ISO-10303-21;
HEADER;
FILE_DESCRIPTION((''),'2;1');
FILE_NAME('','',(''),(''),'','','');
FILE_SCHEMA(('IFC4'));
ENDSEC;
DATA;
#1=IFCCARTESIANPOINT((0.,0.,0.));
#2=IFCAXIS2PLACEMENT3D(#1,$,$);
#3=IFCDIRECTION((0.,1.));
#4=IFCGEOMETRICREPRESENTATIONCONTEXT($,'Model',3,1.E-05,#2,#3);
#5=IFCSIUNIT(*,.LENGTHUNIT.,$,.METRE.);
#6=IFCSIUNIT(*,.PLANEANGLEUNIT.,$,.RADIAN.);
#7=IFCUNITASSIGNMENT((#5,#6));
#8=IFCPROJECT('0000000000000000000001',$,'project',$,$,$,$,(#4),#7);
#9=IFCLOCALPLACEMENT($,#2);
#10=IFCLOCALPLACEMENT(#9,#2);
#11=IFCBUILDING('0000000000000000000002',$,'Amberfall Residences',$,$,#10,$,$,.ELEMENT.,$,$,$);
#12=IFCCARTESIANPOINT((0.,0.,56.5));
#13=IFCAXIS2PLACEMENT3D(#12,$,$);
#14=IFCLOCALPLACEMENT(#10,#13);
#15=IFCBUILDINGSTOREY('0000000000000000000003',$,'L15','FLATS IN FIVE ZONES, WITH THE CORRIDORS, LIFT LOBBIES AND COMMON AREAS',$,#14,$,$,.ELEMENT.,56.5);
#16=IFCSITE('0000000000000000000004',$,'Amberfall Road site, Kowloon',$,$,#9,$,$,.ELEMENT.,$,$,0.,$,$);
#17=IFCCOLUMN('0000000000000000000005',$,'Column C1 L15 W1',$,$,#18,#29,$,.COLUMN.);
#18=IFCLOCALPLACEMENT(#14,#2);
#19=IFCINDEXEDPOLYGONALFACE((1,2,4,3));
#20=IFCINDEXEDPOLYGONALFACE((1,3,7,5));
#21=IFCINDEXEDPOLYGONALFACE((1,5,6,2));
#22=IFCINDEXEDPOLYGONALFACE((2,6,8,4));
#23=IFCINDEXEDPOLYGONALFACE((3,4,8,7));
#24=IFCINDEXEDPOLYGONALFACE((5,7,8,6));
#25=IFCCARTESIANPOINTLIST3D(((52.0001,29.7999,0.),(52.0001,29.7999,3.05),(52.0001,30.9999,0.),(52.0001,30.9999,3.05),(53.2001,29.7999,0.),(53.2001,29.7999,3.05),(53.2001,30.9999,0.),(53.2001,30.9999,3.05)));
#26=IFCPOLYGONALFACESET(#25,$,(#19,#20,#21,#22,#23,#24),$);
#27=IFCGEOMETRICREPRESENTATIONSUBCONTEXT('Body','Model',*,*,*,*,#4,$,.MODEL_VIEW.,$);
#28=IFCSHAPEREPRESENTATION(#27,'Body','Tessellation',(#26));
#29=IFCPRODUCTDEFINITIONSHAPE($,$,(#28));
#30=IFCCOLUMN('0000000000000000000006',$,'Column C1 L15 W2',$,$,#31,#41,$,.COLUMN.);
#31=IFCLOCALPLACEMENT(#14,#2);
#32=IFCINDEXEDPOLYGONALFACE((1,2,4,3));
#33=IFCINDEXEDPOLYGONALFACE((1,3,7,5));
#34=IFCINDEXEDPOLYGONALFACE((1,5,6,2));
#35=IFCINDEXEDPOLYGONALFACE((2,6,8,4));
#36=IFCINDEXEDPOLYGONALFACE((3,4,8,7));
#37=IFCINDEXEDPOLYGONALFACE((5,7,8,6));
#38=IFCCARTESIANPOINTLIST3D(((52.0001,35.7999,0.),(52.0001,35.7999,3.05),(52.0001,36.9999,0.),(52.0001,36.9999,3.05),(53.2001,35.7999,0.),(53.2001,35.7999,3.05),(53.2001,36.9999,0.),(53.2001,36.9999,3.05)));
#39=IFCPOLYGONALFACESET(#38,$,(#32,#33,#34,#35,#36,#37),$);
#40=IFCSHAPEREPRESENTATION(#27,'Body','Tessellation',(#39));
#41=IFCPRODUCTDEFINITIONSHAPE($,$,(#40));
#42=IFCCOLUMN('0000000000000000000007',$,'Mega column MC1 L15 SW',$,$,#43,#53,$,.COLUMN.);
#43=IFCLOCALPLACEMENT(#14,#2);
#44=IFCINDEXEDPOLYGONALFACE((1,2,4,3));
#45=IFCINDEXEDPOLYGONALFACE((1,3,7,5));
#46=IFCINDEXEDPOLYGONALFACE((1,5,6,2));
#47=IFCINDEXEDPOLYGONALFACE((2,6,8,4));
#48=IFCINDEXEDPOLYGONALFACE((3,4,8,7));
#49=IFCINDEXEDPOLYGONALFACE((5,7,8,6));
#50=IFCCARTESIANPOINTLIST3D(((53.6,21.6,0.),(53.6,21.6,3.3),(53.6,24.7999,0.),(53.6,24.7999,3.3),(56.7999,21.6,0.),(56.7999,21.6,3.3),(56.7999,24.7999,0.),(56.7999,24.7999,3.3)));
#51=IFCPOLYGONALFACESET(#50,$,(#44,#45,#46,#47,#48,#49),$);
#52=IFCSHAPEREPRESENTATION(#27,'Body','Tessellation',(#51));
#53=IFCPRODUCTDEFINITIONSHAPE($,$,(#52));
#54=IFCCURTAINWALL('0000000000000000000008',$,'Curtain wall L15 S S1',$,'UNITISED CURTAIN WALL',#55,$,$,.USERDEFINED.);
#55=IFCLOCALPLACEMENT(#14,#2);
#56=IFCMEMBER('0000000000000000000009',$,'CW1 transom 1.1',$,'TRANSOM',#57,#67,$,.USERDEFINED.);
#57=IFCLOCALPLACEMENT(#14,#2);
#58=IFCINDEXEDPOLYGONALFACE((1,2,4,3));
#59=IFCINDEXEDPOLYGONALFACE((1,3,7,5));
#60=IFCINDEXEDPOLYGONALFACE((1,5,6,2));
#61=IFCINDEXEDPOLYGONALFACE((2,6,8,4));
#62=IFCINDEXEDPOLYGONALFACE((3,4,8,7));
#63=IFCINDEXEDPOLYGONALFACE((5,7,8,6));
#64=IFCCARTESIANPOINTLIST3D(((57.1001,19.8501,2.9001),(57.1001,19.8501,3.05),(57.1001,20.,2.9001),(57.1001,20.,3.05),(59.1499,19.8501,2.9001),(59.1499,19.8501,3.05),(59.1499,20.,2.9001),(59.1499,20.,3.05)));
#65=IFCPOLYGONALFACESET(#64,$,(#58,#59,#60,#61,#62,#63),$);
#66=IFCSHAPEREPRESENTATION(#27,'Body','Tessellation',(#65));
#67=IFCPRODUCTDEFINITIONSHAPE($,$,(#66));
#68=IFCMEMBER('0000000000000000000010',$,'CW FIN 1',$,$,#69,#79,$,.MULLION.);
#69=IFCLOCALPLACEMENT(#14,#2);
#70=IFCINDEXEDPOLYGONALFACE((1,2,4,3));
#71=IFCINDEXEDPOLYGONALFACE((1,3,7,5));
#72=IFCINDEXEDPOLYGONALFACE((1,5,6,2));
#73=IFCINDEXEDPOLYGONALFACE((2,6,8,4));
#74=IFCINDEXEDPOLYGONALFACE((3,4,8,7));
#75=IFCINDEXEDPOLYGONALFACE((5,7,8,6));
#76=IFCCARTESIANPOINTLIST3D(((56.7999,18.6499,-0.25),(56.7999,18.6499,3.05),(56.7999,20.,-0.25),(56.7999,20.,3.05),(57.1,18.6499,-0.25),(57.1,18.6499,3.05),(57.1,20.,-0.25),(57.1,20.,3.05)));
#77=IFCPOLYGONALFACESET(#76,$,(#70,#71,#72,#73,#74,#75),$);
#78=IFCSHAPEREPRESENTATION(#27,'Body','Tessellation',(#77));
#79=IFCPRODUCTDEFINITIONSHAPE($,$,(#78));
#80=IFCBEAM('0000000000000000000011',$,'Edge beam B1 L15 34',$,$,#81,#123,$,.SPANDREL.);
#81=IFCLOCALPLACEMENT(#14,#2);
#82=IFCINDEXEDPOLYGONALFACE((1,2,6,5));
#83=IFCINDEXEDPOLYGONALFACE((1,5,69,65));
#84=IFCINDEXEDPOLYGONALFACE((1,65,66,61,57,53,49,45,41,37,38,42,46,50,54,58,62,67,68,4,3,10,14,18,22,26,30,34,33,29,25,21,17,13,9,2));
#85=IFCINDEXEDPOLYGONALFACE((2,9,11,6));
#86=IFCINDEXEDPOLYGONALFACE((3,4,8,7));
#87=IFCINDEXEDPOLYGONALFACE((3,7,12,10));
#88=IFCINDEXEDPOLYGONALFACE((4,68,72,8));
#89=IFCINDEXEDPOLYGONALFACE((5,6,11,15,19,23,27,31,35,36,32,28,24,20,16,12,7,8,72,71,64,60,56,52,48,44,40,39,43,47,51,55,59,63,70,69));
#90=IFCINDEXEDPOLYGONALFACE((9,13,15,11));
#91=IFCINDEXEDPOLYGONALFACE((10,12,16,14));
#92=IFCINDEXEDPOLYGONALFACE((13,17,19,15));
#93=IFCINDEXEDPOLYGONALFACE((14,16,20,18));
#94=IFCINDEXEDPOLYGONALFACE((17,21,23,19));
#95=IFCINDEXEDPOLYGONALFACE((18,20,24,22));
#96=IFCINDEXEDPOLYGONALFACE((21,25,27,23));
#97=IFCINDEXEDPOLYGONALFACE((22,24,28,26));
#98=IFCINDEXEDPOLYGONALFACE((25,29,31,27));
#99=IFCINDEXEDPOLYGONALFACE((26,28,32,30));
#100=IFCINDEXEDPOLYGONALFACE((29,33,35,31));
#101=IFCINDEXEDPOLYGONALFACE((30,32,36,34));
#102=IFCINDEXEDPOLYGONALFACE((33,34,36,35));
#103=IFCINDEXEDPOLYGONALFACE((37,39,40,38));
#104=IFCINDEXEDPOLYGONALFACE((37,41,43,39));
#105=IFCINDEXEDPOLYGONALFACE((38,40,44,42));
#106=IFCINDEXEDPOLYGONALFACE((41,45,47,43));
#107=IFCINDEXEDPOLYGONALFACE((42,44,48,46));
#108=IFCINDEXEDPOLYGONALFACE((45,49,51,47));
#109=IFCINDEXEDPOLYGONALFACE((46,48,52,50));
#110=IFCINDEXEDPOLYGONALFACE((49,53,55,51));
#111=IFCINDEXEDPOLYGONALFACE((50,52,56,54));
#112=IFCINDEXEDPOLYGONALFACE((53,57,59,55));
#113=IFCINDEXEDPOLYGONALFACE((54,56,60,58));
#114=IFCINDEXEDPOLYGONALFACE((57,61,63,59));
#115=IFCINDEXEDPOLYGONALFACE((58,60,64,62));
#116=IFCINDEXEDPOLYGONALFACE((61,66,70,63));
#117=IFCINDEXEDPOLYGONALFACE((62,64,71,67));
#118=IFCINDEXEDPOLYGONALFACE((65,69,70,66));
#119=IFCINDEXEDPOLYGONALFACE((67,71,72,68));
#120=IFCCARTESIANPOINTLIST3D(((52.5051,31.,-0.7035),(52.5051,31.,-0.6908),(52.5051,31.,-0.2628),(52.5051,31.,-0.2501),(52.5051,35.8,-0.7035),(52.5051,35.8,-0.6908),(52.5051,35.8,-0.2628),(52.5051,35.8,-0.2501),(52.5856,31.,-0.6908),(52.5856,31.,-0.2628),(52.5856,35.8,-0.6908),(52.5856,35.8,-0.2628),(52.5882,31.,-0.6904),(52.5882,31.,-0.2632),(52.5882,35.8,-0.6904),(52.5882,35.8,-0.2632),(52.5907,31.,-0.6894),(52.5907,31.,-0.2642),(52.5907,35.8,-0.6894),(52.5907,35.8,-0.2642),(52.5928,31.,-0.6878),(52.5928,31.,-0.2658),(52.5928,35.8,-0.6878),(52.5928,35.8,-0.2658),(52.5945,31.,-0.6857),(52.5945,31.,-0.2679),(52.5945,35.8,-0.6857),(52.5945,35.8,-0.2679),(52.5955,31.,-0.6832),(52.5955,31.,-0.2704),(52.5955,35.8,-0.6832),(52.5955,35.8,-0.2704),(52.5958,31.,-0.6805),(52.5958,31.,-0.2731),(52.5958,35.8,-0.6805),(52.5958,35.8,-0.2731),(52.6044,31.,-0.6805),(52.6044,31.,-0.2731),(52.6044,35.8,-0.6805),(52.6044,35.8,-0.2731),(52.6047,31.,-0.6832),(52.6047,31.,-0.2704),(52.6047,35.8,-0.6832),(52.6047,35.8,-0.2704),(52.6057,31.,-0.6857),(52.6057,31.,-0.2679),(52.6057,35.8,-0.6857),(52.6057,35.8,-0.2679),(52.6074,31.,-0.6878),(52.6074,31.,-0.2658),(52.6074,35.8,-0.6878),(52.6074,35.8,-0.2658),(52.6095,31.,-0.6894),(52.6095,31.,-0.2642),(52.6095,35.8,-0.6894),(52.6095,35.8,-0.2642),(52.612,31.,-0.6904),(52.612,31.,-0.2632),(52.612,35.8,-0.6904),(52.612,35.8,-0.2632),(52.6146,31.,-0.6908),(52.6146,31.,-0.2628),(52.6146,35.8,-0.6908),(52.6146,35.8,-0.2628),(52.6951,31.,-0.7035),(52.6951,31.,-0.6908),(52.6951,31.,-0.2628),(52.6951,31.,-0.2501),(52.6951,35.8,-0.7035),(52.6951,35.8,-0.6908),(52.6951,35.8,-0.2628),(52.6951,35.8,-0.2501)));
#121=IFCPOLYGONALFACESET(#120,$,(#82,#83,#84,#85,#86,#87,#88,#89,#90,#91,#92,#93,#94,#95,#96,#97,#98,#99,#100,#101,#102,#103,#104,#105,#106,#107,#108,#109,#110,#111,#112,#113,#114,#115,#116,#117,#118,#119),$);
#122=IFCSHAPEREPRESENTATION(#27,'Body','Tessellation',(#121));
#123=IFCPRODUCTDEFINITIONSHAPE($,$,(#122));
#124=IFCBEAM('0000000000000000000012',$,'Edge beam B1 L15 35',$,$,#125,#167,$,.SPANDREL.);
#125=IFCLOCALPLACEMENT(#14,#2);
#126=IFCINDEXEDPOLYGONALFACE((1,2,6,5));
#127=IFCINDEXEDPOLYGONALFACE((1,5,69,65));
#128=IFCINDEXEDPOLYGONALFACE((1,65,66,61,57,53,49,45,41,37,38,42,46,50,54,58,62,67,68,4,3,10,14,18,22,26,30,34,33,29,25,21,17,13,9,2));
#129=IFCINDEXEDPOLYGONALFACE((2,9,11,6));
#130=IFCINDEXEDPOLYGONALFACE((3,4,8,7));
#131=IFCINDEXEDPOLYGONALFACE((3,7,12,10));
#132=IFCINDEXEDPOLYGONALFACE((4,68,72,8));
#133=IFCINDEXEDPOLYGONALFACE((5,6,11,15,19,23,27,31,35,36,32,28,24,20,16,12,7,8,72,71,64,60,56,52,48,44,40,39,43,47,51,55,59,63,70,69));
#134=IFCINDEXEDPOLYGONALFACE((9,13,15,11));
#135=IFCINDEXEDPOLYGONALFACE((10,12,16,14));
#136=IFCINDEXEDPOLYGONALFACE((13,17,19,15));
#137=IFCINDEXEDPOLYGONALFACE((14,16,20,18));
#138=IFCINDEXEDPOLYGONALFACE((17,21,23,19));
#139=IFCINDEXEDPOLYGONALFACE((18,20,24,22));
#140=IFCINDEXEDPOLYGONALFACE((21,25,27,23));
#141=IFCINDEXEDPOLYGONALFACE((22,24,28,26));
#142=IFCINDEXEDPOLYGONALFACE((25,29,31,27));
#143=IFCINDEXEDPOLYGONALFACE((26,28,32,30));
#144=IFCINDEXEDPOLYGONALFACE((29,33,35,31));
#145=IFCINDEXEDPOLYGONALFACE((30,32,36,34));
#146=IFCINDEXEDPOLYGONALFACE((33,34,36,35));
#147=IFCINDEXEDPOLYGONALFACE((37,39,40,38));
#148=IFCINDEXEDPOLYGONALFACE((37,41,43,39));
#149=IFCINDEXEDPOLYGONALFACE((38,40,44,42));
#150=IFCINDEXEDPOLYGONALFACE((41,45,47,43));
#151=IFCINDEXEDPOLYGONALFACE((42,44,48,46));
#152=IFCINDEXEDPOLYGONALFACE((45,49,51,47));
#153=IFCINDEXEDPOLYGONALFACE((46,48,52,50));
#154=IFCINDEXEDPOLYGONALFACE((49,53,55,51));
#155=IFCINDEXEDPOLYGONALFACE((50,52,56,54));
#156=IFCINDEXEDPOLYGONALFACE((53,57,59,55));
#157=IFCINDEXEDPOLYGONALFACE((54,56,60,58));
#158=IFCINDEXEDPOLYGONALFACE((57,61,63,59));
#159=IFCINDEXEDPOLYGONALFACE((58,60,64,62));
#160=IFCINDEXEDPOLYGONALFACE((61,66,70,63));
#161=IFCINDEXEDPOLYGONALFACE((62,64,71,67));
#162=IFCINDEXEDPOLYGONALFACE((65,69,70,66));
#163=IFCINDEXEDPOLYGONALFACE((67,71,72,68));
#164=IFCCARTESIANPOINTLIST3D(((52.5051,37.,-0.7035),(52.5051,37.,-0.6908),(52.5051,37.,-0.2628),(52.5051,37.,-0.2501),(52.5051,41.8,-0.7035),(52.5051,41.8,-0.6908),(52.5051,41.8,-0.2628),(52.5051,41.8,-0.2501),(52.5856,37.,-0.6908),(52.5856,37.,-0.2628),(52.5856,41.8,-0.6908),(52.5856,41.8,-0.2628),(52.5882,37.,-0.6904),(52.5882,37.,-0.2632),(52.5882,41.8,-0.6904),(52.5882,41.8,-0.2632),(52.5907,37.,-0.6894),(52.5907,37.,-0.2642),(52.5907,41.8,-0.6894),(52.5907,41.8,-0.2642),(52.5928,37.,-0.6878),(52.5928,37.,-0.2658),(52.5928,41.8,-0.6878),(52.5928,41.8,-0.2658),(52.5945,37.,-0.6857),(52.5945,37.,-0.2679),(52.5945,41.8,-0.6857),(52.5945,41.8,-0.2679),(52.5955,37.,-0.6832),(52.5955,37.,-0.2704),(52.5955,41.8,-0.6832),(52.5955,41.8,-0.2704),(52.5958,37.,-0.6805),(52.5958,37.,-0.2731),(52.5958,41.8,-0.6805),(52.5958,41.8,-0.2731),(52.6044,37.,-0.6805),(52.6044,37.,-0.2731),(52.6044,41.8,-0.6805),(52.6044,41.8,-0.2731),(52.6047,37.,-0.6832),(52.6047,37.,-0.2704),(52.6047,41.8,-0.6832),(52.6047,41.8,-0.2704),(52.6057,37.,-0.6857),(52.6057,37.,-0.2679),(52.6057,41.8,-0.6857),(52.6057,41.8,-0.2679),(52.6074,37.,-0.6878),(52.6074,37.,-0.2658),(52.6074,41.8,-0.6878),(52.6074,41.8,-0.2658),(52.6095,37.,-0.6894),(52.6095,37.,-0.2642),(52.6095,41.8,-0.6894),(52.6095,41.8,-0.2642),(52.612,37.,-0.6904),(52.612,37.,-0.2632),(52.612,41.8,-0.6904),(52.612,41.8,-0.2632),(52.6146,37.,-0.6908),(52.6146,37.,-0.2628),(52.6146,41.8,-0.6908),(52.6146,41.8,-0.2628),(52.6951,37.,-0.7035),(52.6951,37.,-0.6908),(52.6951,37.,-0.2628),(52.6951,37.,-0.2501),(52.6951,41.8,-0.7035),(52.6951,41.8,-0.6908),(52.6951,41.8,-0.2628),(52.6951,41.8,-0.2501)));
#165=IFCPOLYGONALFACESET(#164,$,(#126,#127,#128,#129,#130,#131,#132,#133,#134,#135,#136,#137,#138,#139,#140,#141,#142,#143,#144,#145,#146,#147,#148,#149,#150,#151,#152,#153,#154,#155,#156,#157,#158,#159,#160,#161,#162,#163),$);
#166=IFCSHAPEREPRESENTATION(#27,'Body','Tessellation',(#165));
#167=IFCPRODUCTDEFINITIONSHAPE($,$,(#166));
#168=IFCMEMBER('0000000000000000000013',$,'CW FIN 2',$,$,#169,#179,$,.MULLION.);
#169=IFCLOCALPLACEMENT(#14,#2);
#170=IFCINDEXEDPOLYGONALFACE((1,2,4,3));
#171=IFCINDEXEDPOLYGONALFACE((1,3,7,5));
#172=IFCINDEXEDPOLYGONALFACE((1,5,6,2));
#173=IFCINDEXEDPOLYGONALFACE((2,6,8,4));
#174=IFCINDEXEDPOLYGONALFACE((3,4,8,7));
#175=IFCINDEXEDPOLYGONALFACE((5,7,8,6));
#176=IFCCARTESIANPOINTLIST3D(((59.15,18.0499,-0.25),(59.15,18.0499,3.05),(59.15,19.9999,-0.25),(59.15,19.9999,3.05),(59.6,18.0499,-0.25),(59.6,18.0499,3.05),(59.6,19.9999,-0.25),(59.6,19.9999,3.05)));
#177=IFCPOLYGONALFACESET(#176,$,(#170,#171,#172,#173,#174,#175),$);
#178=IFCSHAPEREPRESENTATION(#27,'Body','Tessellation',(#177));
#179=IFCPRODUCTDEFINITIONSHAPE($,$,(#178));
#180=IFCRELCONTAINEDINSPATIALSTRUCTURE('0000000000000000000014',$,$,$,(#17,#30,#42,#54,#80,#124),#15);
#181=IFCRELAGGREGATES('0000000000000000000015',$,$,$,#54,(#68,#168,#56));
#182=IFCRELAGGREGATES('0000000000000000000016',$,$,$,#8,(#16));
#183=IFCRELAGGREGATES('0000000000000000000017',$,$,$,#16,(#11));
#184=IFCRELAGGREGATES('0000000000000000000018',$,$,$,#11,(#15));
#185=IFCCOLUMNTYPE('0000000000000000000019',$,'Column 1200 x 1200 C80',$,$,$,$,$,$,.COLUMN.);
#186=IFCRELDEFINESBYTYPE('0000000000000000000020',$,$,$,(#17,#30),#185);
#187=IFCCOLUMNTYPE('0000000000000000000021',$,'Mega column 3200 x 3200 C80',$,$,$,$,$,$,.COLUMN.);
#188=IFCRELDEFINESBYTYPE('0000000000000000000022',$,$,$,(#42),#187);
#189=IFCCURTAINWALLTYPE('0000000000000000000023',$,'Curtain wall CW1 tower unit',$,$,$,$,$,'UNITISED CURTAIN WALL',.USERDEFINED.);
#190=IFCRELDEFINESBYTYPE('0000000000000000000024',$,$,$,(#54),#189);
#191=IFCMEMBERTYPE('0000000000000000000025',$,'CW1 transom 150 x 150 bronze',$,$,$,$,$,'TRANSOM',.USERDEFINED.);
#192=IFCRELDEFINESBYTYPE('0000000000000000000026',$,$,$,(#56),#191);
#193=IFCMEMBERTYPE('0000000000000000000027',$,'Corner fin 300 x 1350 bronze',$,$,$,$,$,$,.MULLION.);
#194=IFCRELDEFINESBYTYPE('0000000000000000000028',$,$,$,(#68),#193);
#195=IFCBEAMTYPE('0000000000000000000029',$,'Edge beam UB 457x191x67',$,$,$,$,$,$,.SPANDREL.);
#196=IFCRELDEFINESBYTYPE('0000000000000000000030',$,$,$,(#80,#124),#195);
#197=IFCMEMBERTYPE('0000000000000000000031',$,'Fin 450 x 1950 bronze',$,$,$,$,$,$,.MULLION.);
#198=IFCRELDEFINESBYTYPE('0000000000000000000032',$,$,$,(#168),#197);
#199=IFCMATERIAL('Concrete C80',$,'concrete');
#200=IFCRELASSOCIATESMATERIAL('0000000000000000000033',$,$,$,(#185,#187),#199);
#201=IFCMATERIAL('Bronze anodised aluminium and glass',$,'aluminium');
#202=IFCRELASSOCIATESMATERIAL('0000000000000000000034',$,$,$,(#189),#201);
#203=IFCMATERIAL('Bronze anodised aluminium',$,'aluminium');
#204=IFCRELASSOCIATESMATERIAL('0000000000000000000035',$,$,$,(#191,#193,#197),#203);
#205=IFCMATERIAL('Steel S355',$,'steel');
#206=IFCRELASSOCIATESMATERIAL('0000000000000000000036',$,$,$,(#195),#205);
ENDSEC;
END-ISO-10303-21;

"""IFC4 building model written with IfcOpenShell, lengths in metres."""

from ifc_helpers import new_model, si_unit, direction, frame, origin, origin_2d, place, context, subcontext, project, spatial, rectangle, i_section, extrude, material, material_profile, profile_set, type_object, element, aggregate, save


model = new_model("IFC4")

# Units and contexts
model_context = context("Model", 3, precision=1e-05, world=origin(), true_north=direction((0.0, 1.0)))
body_context = subcontext(model_context, "Body", "Model", "MODEL_VIEW")
ifc_project = project(units=[si_unit("LENGTHUNIT", "METRE"), si_unit("PLANEANGLEUNIT", "RADIAN")], contexts=[model_context])

# Site, building, storey
site_placement = place(None, origin())
site = spatial("IfcSite", under=ifc_project, at=site_placement, Name="Amberfall Road site, Kowloon", CompositionType="ELEMENT", RefElevation=0.0)
building_placement = place(site_placement, origin())
building = spatial("IfcBuilding", under=site, at=building_placement, Name="Amberfall Residences", CompositionType="ELEMENT")
storey_placement = place(building_placement, frame((0.0, 0.0, 56.5)))
storey = spatial("IfcBuildingStorey", under=building, at=storey_placement, Name="L15", Description="FLATS IN FIVE ZONES, WITH THE CORRIDORS, LIFT LOBBIES AND COMMON AREAS", CompositionType="ELEMENT", Elevation=56.5)

# Columns
ifc_material_1 = material(Name="Concrete C80", Category="concrete")
ifc_material_profile_1 = material_profile(ifc_material_1, rectangle(XDim=1.2, YDim=1.2, at=origin_2d()), Name="Column 1200 x 1200 C80")
ifc_profile_set_1 = profile_set([ifc_material_profile_1], Name="Concrete C80")
column_type_1 = type_object("IfcColumnType", Name="Column 1200 x 1200 C80", PredefinedType="COLUMN", material=ifc_profile_set_1)
for number, where, z_axis, x_axis, name in (
    (1, (52.6001, 30.3999, 0.0), (0.0, 0.0, 1.0), (1.0, 0.0, 0.0), "Column C1 L15 W1"),
    (2, (52.6001, 36.3999, 0.0), (0.0, 0.0, 1.0), (1.0, 0.0, 0.0), "Column C1 L15 W2"),
):
    element("IfcColumn", number, at=place(storey_placement, frame(where, z_axis=z_axis, x_axis=x_axis)), inside=storey, type_object=column_type_1, Name=name, PredefinedType="COLUMN", context=body_context, shape_type="SweptSolid", body=[
        extrude(rectangle(XDim=1.2, YDim=1.2, at=origin_2d()), origin(), (0.0, 0.0, 1.0), 3.05),
    ])
ifc_material_profile_2 = material_profile(ifc_material_1, rectangle(XDim=3.2, YDim=3.2, at=origin_2d()), Name="Mega column 3200 x 3200 C80")
ifc_profile_set_2 = profile_set([ifc_material_profile_2], Name="Concrete C80")
column_type_2 = type_object("IfcColumnType", Name="Mega column 3200 x 3200 C80", PredefinedType="COLUMN", material=ifc_profile_set_2)
column_placement = place(storey_placement, frame((55.2, 23.2, 0.0), z_axis=(0.0, 0.0, 1.0), x_axis=(1.0, 0.0, 0.0)))
element("IfcColumn", 3, at=column_placement, inside=storey, type_object=column_type_2, Name="Mega column MC1 L15 SW", PredefinedType="COLUMN", context=body_context, shape_type="SweptSolid", body=[
    extrude(rectangle(XDim=3.2, YDim=3.2, at=origin_2d()), origin(), (0.0, 0.0, 1.0), 3.3),
])

# Curtain wall, members
ifc_material_2 = material(Name="Bronze anodised aluminium and glass", Category="aluminium")
curtain_wall_type = type_object("IfcCurtainWallType", Name="Curtain wall CW1 tower unit", ElementType="UNITISED CURTAIN WALL", PredefinedType="USERDEFINED", material=ifc_material_2)
curtain_wall_placement = place(storey_placement, origin())
curtain_wall = element("IfcCurtainWall", 4, at=curtain_wall_placement, inside=storey, type_object=curtain_wall_type, Name="Curtain wall L15 S S1", ObjectType="UNITISED CURTAIN WALL", PredefinedType="USERDEFINED")
ifc_material_3 = material(Name="Bronze anodised aluminium", Category="aluminium")
ifc_material_profile_3 = material_profile(ifc_material_3, rectangle(XDim=0.1499, YDim=0.1499, at=origin_2d()), Name="CW1 transom 150 x 150 bronze")
ifc_profile_set_3 = profile_set([ifc_material_profile_3], Name="Bronze anodised aluminium")
member_type_1 = type_object("IfcMemberType", Name="CW1 transom 150 x 150 bronze", ElementType="TRANSOM", PredefinedType="USERDEFINED", material=ifc_profile_set_3)
member_1_placement = place(storey_placement, frame((57.1001, 19.925, 2.9751), z_axis=(1.0, 0.0, 0.0), x_axis=(0.0, 1.0, 0.0)))
member_1 = element("IfcMember", 5, at=member_1_placement, type_object=member_type_1, Name="CW1 transom 1.1", ObjectType="TRANSOM", PredefinedType="USERDEFINED", context=body_context, shape_type="SweptSolid", body=[
    extrude(rectangle(XDim=0.1499, YDim=0.1499, at=origin_2d()), origin(), (0.0, 0.0, 1.0), 2.0498),
])
ifc_material_profile_4 = material_profile(ifc_material_3, rectangle(XDim=1.3501, YDim=0.3, at=origin_2d()), Name="Corner fin 300 x 1350 bronze")
ifc_profile_set_4 = profile_set([ifc_material_profile_4], Name="Bronze anodised aluminium")
member_type_2 = type_object("IfcMemberType", Name="Corner fin 300 x 1350 bronze", PredefinedType="MULLION", material=ifc_profile_set_4)
member_2_placement = place(storey_placement, frame((56.95, 19.325, -0.25), z_axis=(0.0, 0.0, 1.0), x_axis=(0.0, 1.0, 0.0)))
member_2 = element("IfcMember", 6, at=member_2_placement, type_object=member_type_2, Name="CW FIN 1", PredefinedType="MULLION", context=body_context, shape_type="SweptSolid", body=[
    extrude(rectangle(XDim=1.3501, YDim=0.3, at=origin_2d()), origin(), (0.0, 0.0, 1.0), 3.3),
])

# Beams
ifc_material_4 = material(Name="Steel S355", Category="steel")
ifc_material_profile_5 = material_profile(ifc_material_4, i_section(OverallWidth=0.1899, OverallDepth=0.4534, WebThickness=0.0085, FlangeThickness=0.0127, FilletRadius=0.0103, at=origin_2d()), Name="UB 457x191x67")
ifc_profile_set_5 = profile_set([ifc_material_profile_5], Name="Steel S355")
beam_type_1 = type_object("IfcBeamType", Name="Edge beam UB 457x191x67", PredefinedType="SPANDREL", material=ifc_profile_set_5)
for number, where, z_axis, x_axis, name in (
    (7, (52.6001, 31.0, -0.4768), (0.0, 1.0, 0.0), (-1.0, 0.0, 0.0), "Edge beam B1 L15 34"),
    (8, (52.6001, 37.0, -0.4768), (0.0, 1.0, 0.0), (-1.0, 0.0, 0.0), "Edge beam B1 L15 35"),
):
    element("IfcBeam", number, at=place(storey_placement, frame(where, z_axis=z_axis, x_axis=x_axis)), inside=storey, type_object=beam_type_1, Name=name, PredefinedType="SPANDREL", context=body_context, shape_type="SweptSolid", body=[
        extrude(i_section(OverallWidth=0.1899, OverallDepth=0.4534, WebThickness=0.0085, FlangeThickness=0.0127, FilletRadius=0.0103, at=origin_2d()), origin(), (0.0, 0.0, 1.0), 4.8),
    ])

# Member
ifc_material_profile_6 = material_profile(ifc_material_3, rectangle(XDim=1.95, YDim=0.45, at=origin_2d()), Name="Fin 450 x 1950 bronze")
ifc_profile_set_6 = profile_set([ifc_material_profile_6], Name="Bronze anodised aluminium")
member_type_3 = type_object("IfcMemberType", Name="Fin 450 x 1950 bronze", PredefinedType="MULLION", material=ifc_profile_set_6)
member_3_placement = place(storey_placement, frame((59.375, 19.0249, -0.25), z_axis=(0.0, 0.0, 1.0), x_axis=(0.0, 1.0, 0.0)))
member_3 = element("IfcMember", 9, at=member_3_placement, type_object=member_type_3, Name="CW FIN 2", PredefinedType="MULLION", context=body_context, shape_type="SweptSolid", body=[
    extrude(rectangle(XDim=1.95, YDim=0.45, at=origin_2d()), origin(), (0.0, 0.0, 1.0), 3.3),
])

aggregate(curtain_wall, [member_2, member_3, member_1])

save(model, "model.ifc")
